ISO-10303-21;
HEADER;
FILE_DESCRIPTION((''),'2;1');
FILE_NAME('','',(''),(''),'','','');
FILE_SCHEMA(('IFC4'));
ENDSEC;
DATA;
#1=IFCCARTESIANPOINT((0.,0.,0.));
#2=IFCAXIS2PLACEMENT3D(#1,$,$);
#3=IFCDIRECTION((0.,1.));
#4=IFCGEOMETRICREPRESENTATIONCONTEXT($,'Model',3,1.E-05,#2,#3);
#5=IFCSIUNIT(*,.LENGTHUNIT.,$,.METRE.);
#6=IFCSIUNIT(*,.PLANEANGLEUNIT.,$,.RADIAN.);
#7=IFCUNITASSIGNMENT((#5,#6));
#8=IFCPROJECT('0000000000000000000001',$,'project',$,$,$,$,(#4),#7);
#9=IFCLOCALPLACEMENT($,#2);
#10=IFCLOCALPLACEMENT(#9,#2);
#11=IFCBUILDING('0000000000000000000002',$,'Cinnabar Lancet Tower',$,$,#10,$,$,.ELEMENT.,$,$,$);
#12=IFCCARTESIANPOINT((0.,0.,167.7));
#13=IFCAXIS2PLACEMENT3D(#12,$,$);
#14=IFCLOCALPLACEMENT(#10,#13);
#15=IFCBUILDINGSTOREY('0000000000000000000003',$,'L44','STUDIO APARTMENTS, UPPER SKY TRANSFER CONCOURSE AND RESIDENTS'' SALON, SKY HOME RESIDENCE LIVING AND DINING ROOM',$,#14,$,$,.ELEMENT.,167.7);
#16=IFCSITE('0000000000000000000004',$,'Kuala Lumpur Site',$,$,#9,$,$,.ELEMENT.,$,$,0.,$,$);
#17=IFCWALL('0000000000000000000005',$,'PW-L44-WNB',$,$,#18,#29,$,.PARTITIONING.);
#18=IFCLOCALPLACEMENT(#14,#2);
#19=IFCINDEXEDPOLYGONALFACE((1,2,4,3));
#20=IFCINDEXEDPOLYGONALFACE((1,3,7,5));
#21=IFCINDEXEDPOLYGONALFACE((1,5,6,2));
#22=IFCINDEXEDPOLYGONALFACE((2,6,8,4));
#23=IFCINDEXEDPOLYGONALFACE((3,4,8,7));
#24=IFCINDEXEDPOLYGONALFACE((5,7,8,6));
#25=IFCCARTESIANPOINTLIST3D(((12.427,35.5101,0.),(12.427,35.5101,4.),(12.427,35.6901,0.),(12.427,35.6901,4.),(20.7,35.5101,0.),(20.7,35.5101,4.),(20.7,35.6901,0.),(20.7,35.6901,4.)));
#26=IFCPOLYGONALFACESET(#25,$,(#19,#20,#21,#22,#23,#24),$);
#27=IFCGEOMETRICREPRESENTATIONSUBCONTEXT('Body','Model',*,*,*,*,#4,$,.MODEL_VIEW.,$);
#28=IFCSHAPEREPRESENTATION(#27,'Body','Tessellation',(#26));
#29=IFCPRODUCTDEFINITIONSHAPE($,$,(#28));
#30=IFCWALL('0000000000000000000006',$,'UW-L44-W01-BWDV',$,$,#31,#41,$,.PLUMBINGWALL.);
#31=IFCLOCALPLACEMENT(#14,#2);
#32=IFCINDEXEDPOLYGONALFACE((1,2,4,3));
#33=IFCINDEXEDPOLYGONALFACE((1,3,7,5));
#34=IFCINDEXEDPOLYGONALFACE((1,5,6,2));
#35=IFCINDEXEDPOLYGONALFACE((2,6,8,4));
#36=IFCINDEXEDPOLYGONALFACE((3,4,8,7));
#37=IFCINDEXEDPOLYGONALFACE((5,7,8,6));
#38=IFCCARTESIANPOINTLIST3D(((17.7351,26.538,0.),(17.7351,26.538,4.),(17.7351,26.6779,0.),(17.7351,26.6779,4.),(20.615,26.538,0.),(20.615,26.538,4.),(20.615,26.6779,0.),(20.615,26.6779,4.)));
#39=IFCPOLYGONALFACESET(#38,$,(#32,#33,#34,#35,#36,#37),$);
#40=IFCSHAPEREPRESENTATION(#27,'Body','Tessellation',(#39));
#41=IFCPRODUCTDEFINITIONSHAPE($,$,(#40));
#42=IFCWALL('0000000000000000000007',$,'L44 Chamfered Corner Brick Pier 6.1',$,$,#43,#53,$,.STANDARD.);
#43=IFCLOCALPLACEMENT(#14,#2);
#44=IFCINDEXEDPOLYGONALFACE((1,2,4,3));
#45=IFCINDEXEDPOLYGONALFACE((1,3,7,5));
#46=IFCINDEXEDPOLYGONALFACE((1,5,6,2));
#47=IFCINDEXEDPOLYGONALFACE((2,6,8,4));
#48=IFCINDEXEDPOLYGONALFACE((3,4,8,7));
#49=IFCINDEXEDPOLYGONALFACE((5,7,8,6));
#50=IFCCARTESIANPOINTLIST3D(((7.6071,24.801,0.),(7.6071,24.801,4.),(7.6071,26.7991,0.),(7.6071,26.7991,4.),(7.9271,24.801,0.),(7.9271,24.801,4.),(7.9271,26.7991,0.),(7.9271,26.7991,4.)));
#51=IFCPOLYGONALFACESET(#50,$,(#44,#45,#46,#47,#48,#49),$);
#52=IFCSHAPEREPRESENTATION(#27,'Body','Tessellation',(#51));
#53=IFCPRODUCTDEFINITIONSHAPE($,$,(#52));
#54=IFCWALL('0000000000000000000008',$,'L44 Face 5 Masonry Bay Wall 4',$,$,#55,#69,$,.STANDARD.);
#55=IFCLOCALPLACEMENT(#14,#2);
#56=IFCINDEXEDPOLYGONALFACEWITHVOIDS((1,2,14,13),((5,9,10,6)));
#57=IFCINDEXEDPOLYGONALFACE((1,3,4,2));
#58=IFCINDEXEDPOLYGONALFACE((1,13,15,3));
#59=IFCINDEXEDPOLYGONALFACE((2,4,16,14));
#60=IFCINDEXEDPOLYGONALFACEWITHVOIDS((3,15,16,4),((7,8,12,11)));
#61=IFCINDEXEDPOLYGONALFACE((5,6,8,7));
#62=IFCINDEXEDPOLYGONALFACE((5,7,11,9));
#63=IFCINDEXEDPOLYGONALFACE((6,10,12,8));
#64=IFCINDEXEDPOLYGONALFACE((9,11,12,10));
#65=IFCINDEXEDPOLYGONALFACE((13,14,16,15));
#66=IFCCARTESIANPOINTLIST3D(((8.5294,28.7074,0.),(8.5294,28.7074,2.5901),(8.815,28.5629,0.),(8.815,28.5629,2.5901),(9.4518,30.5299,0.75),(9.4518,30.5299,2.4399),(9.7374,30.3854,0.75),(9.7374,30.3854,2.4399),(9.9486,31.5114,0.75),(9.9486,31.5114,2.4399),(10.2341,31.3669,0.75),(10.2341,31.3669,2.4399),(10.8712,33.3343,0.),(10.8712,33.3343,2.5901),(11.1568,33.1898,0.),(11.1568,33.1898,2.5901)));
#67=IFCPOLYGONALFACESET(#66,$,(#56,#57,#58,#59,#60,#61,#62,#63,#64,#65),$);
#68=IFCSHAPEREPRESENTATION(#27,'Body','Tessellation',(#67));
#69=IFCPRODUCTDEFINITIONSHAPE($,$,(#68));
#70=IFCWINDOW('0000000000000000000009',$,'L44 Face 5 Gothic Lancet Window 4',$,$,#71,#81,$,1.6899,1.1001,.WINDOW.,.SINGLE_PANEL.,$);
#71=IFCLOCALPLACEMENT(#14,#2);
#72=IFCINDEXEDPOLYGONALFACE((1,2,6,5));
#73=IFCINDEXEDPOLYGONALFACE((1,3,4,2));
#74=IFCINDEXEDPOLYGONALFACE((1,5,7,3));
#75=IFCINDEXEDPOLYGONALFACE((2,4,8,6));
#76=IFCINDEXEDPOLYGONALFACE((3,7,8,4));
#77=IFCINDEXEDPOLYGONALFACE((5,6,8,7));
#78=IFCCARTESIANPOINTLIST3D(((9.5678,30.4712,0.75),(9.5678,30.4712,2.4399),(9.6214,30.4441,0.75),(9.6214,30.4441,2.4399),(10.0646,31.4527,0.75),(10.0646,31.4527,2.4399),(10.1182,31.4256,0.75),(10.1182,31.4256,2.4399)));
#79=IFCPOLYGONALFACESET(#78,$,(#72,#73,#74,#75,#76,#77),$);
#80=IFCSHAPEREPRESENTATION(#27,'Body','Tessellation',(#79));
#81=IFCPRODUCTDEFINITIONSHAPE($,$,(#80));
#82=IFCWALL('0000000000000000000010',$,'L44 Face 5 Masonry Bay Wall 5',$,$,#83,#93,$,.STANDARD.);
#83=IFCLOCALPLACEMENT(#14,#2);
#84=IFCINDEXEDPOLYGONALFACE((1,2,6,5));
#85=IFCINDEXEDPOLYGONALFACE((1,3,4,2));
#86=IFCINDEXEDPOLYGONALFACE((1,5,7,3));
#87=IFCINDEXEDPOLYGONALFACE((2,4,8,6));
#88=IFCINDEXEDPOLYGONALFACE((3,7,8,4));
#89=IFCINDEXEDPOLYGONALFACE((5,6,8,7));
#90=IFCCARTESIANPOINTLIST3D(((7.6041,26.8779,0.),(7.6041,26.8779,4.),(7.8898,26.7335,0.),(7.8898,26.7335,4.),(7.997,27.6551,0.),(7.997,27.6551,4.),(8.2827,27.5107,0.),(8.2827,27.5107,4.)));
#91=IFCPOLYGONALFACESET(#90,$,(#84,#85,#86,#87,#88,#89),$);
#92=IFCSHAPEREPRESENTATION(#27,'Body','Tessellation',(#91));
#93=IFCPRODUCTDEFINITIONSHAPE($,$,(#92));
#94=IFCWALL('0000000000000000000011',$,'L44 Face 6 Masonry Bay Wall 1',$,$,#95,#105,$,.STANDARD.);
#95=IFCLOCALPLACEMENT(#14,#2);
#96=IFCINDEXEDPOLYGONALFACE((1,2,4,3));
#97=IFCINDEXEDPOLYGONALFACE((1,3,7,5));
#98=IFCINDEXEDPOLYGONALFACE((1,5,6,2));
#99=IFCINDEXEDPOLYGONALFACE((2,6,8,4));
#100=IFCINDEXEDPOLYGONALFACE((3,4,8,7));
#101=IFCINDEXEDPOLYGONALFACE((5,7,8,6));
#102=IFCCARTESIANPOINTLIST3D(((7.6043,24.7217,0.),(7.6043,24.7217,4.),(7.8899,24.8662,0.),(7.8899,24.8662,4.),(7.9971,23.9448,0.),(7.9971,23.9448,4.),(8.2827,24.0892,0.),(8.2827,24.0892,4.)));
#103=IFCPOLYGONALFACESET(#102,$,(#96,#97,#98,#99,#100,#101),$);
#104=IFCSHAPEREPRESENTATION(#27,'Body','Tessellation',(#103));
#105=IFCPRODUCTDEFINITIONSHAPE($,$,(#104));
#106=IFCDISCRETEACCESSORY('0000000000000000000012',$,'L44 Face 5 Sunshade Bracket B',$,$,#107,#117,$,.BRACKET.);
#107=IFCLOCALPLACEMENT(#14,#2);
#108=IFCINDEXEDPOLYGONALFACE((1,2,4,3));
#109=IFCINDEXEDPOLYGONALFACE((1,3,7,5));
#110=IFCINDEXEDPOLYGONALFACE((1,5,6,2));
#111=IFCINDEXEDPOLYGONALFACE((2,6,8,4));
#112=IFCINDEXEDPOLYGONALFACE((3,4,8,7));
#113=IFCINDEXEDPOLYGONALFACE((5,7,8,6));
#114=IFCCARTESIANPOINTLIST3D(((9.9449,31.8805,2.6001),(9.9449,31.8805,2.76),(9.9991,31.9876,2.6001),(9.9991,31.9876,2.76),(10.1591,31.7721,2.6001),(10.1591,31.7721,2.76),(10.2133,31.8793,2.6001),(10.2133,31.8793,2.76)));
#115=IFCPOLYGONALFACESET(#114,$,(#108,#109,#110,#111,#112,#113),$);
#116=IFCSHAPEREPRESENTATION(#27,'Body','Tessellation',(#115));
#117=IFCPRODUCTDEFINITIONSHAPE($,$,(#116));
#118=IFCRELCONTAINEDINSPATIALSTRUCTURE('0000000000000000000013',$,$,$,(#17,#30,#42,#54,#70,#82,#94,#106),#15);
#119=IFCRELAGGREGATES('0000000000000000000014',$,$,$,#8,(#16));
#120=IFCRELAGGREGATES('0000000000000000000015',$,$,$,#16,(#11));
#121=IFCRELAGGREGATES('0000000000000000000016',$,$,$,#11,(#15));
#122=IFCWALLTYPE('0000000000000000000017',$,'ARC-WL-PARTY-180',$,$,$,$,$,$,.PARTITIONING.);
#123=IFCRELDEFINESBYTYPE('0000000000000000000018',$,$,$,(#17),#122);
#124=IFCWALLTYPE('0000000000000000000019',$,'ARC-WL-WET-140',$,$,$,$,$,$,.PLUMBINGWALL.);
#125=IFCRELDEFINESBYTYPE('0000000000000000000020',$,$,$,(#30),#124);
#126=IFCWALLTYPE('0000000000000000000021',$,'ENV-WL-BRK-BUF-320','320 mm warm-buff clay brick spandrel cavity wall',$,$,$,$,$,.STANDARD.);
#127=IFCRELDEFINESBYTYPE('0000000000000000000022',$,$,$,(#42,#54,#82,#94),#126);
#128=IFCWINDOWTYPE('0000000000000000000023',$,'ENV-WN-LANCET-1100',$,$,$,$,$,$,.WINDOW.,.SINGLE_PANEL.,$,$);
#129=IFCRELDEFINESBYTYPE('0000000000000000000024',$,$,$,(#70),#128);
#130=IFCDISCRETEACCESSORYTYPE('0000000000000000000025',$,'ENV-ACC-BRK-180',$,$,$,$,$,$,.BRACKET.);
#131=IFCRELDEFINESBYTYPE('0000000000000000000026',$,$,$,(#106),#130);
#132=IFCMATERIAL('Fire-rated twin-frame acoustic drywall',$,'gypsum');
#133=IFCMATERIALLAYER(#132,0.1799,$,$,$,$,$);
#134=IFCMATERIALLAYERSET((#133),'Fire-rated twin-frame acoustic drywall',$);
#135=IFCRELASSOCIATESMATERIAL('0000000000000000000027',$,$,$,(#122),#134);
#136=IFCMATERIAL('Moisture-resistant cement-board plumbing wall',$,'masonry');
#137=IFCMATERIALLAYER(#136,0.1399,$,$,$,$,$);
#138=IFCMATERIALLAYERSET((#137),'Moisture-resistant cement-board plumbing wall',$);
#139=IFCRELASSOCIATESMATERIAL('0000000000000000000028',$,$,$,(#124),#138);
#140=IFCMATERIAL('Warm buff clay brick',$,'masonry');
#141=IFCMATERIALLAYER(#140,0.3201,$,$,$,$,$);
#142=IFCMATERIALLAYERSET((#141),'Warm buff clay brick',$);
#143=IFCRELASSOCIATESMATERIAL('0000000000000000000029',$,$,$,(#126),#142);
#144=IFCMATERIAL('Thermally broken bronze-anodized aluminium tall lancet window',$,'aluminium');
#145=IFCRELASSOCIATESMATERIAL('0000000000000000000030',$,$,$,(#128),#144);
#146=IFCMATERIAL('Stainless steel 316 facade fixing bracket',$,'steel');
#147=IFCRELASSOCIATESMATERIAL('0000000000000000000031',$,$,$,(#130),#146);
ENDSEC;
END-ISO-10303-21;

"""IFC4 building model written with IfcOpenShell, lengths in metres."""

from ifc_helpers import new_model, si_unit, direction, frame, frame_2d, origin, origin_2d, place, context, subcontext, project, spatial, rectangle, extrude, material, layer, layer_set, type_object, element, fill, save


model = new_model("IFC4")

# Units and contexts
model_context = context("Model", 3, precision=1e-05, world=origin(), true_north=direction((0.0, 1.0)))
body_context = subcontext(model_context, "Body", "Model", "MODEL_VIEW")
ifc_project = project(units=[si_unit("LENGTHUNIT", "METRE"), si_unit("PLANEANGLEUNIT", "RADIAN")], contexts=[model_context])

# Site, building, storey
site_placement = place(None, origin())
site = spatial("IfcSite", under=ifc_project, at=site_placement, Name="Kuala Lumpur Site", CompositionType="ELEMENT", RefElevation=0.0)
building_placement = place(site_placement, origin())
building = spatial("IfcBuilding", under=site, at=building_placement, Name="Cinnabar Lancet Tower", CompositionType="ELEMENT")
storey_placement = place(building_placement, frame((0.0, 0.0, 167.7)))
storey = spatial("IfcBuildingStorey", under=building, at=storey_placement, Name="L44", Description="STUDIO APARTMENTS, UPPER SKY TRANSFER CONCOURSE AND RESIDENTS' SALON, SKY HOME RESIDENCE LIVING AND DINING ROOM", CompositionType="ELEMENT", Elevation=167.7)

# Walls
ifc_material_1 = material(Name="Fire-rated twin-frame acoustic drywall", Category="gypsum")
ifc_layer_1 = layer(ifc_material_1, 0.1799)
ifc_layer_set_1 = layer_set([ifc_layer_1], Name="Fire-rated twin-frame acoustic drywall")
wall_type_1 = type_object("IfcWallType", Name="ARC-WL-PARTY-180", PredefinedType="PARTITIONING", material=ifc_layer_set_1)
wall_1_placement = place(storey_placement, frame((12.427, 35.6001, 0.0), z_axis=(0.0, 0.0, 1.0), x_axis=(1.0, 0.0, 0.0)))
element("IfcWall", 1, at=wall_1_placement, inside=storey, type_object=wall_type_1, Name="PW-L44-WNB", PredefinedType="PARTITIONING", context=body_context, shape_type="SweptSolid", body=[
    extrude(rectangle(XDim=8.2729, YDim=0.1799, at=frame_2d((4.1365, 0.0))), origin(), (0.0, 0.0, 1.0), 4.0),
])
ifc_material_2 = material(Name="Moisture-resistant cement-board plumbing wall", Category="masonry")
ifc_layer_2 = layer(ifc_material_2, 0.1399)
ifc_layer_set_2 = layer_set([ifc_layer_2], Name="Moisture-resistant cement-board plumbing wall")
wall_type_2 = type_object("IfcWallType", Name="ARC-WL-WET-140", PredefinedType="PLUMBINGWALL", material=ifc_layer_set_2)
wall_2_placement = place(storey_placement, frame((17.7351, 26.6079, 0.0), z_axis=(0.0, 0.0, 1.0), x_axis=(1.0, 0.0, 0.0)))
element("IfcWall", 2, at=wall_2_placement, inside=storey, type_object=wall_type_2, Name="UW-L44-W01-BWDV", PredefinedType="PLUMBINGWALL", context=body_context, shape_type="SweptSolid", body=[
    extrude(rectangle(XDim=2.8799, YDim=0.1399, at=frame_2d((1.4399, 0.0))), origin(), (0.0, 0.0, 1.0), 4.0),
])
ifc_material_3 = material(Name="Warm buff clay brick", Category="masonry")
ifc_layer_3 = layer(ifc_material_3, 0.3201)
ifc_layer_set_3 = layer_set([ifc_layer_3], Name="Warm buff clay brick")
wall_type_3 = type_object("IfcWallType", Name="ENV-WL-BRK-BUF-320", Description="320 mm warm-buff clay brick spandrel cavity wall", PredefinedType="STANDARD", material=ifc_layer_set_3)
wall_3_placement = place(storey_placement, frame((7.7671, 26.7991, 0.0), z_axis=(0.0, 0.0, 1.0), x_axis=(0.0, -1.0, 0.0)))
element("IfcWall", 3, at=wall_3_placement, inside=storey, type_object=wall_type_3, Name="L44 Chamfered Corner Brick Pier 6.1", PredefinedType="STANDARD", context=body_context, shape_type="SweptSolid", body=[
    extrude(rectangle(XDim=1.998, YDim=0.3201, at=frame_2d((0.999, 0.0))), origin(), (0.0, 0.0, 1.0), 4.0),
])

# Wall, opening, window
wall_4_placement = place(storey_placement, frame((11.0139, 33.262, 0.0), z_axis=(0.0, 0.0, 1.0), x_axis=(-0.451577, -0.892232, 0.0)))
wall_4 = element("IfcWall", 4, at=wall_4_placement, inside=storey, type_object=wall_type_3, Name="L44 Face 5 Masonry Bay Wall 4", PredefinedType="STANDARD", context=body_context, shape_type="SweptSolid", body=[
    extrude(rectangle(XDim=5.1858, YDim=0.3201, at=frame_2d((2.5928, 0.0))), origin(), (0.0, 0.0, 1.0), 2.5901),
])
opening_placement = place(wall_4_placement, frame((2.043, 0.0, 0.75)))
opening = element("IfcOpeningElement", 5, at=opening_placement, cuts=wall_4, PredefinedType="OPENING", context=body_context, shape_type="SweptSolid", body=[
    extrude(rectangle(XDim=1.1001, YDim=1.6899, at=frame_2d((0.55, 0.845))), frame((0.0, 0.1699, 0.0), z_axis=(0.0, -1.0, 0.0), x_axis=(1.0, 0.0, 0.0)), (0.0, 0.0, 1.0), 0.3401),
])
ifc_material_4 = material(Name="Thermally broken bronze-anodized aluminium tall lancet window", Category="aluminium")
window_type = type_object("IfcWindowType", Name="ENV-WN-LANCET-1100", PartitioningType="SINGLE_PANEL", PredefinedType="WINDOW", material=ifc_material_4)
window_placement = place(opening_placement, origin())
window = element("IfcWindow", 6, at=window_placement, inside=storey, type_object=window_type, Name="L44 Face 5 Gothic Lancet Window 4", OverallHeight=1.6899, OverallWidth=1.1001, PartitioningType="SINGLE_PANEL", PredefinedType="WINDOW", context=body_context, shape_type="SweptSolid", body=[
    extrude(rectangle(XDim=1.1001, YDim=1.6899, at=frame_2d((0.55, 0.845))), frame((0.0, 0.03, 0.0), z_axis=(0.0, -1.0, 0.0), x_axis=(1.0, 0.0, 0.0)), (0.0, 0.0, 1.0), 0.0601),
])
fill(opening, window)

# Walls
wall_5_placement = place(storey_placement, frame((8.1399, 27.583, 0.0), z_axis=(0.0, 0.0, 1.0), x_axis=(-0.451135, -0.892456, 0.0)))
element("IfcWall", 7, at=wall_5_placement, inside=storey, type_object=wall_type_3, Name="L44 Face 5 Masonry Bay Wall 5", PredefinedType="STANDARD", context=body_context, shape_type="SweptSolid", body=[
    extrude(rectangle(XDim=0.8708, YDim=0.3201, at=frame_2d((0.4355, 0.0))), origin(), (0.0, 0.0, 1.0), 4.0),
])
wall_6_placement = place(storey_placement, frame((7.7471, 24.7939, 0.0), z_axis=(0.0, 0.0, 1.0), x_axis=(0.451248, -0.892399, 0.0)))
element("IfcWall", 8, at=wall_6_placement, inside=storey, type_object=wall_type_3, Name="L44 Face 6 Masonry Bay Wall 1", PredefinedType="STANDARD", context=body_context, shape_type="SweptSolid", body=[
    extrude(rectangle(XDim=0.8706, YDim=0.3201, at=frame_2d((0.4353, 0.0))), origin(), (0.0, 0.0, 1.0), 4.0),
])

# Discrete accessory
ifc_material_5 = material(Name="Stainless steel 316 facade fixing bracket", Category="steel")
discrete_accessory_type = type_object("IfcDiscreteAccessoryType", Name="ENV-ACC-BRK-180", PredefinedType="BRACKET", material=ifc_material_5)
discrete_accessory_placement = place(storey_placement, frame((10.0791, 31.8799, 2.6001), z_axis=(0.0, 0.0, 1.0), x_axis=(-0.451469, -0.892287, 0.0)))
element("IfcDiscreteAccessory", 9, at=discrete_accessory_placement, inside=storey, type_object=discrete_accessory_type, Name="L44 Face 5 Sunshade Bracket B", PredefinedType="BRACKET", context=body_context, shape_type="SweptSolid", body=[
    extrude(rectangle(XDim=0.1201, YDim=0.24, at=origin_2d()), origin(), (0.0, 0.0, 1.0), 0.1599),
])

save(model, "model.ifc")
